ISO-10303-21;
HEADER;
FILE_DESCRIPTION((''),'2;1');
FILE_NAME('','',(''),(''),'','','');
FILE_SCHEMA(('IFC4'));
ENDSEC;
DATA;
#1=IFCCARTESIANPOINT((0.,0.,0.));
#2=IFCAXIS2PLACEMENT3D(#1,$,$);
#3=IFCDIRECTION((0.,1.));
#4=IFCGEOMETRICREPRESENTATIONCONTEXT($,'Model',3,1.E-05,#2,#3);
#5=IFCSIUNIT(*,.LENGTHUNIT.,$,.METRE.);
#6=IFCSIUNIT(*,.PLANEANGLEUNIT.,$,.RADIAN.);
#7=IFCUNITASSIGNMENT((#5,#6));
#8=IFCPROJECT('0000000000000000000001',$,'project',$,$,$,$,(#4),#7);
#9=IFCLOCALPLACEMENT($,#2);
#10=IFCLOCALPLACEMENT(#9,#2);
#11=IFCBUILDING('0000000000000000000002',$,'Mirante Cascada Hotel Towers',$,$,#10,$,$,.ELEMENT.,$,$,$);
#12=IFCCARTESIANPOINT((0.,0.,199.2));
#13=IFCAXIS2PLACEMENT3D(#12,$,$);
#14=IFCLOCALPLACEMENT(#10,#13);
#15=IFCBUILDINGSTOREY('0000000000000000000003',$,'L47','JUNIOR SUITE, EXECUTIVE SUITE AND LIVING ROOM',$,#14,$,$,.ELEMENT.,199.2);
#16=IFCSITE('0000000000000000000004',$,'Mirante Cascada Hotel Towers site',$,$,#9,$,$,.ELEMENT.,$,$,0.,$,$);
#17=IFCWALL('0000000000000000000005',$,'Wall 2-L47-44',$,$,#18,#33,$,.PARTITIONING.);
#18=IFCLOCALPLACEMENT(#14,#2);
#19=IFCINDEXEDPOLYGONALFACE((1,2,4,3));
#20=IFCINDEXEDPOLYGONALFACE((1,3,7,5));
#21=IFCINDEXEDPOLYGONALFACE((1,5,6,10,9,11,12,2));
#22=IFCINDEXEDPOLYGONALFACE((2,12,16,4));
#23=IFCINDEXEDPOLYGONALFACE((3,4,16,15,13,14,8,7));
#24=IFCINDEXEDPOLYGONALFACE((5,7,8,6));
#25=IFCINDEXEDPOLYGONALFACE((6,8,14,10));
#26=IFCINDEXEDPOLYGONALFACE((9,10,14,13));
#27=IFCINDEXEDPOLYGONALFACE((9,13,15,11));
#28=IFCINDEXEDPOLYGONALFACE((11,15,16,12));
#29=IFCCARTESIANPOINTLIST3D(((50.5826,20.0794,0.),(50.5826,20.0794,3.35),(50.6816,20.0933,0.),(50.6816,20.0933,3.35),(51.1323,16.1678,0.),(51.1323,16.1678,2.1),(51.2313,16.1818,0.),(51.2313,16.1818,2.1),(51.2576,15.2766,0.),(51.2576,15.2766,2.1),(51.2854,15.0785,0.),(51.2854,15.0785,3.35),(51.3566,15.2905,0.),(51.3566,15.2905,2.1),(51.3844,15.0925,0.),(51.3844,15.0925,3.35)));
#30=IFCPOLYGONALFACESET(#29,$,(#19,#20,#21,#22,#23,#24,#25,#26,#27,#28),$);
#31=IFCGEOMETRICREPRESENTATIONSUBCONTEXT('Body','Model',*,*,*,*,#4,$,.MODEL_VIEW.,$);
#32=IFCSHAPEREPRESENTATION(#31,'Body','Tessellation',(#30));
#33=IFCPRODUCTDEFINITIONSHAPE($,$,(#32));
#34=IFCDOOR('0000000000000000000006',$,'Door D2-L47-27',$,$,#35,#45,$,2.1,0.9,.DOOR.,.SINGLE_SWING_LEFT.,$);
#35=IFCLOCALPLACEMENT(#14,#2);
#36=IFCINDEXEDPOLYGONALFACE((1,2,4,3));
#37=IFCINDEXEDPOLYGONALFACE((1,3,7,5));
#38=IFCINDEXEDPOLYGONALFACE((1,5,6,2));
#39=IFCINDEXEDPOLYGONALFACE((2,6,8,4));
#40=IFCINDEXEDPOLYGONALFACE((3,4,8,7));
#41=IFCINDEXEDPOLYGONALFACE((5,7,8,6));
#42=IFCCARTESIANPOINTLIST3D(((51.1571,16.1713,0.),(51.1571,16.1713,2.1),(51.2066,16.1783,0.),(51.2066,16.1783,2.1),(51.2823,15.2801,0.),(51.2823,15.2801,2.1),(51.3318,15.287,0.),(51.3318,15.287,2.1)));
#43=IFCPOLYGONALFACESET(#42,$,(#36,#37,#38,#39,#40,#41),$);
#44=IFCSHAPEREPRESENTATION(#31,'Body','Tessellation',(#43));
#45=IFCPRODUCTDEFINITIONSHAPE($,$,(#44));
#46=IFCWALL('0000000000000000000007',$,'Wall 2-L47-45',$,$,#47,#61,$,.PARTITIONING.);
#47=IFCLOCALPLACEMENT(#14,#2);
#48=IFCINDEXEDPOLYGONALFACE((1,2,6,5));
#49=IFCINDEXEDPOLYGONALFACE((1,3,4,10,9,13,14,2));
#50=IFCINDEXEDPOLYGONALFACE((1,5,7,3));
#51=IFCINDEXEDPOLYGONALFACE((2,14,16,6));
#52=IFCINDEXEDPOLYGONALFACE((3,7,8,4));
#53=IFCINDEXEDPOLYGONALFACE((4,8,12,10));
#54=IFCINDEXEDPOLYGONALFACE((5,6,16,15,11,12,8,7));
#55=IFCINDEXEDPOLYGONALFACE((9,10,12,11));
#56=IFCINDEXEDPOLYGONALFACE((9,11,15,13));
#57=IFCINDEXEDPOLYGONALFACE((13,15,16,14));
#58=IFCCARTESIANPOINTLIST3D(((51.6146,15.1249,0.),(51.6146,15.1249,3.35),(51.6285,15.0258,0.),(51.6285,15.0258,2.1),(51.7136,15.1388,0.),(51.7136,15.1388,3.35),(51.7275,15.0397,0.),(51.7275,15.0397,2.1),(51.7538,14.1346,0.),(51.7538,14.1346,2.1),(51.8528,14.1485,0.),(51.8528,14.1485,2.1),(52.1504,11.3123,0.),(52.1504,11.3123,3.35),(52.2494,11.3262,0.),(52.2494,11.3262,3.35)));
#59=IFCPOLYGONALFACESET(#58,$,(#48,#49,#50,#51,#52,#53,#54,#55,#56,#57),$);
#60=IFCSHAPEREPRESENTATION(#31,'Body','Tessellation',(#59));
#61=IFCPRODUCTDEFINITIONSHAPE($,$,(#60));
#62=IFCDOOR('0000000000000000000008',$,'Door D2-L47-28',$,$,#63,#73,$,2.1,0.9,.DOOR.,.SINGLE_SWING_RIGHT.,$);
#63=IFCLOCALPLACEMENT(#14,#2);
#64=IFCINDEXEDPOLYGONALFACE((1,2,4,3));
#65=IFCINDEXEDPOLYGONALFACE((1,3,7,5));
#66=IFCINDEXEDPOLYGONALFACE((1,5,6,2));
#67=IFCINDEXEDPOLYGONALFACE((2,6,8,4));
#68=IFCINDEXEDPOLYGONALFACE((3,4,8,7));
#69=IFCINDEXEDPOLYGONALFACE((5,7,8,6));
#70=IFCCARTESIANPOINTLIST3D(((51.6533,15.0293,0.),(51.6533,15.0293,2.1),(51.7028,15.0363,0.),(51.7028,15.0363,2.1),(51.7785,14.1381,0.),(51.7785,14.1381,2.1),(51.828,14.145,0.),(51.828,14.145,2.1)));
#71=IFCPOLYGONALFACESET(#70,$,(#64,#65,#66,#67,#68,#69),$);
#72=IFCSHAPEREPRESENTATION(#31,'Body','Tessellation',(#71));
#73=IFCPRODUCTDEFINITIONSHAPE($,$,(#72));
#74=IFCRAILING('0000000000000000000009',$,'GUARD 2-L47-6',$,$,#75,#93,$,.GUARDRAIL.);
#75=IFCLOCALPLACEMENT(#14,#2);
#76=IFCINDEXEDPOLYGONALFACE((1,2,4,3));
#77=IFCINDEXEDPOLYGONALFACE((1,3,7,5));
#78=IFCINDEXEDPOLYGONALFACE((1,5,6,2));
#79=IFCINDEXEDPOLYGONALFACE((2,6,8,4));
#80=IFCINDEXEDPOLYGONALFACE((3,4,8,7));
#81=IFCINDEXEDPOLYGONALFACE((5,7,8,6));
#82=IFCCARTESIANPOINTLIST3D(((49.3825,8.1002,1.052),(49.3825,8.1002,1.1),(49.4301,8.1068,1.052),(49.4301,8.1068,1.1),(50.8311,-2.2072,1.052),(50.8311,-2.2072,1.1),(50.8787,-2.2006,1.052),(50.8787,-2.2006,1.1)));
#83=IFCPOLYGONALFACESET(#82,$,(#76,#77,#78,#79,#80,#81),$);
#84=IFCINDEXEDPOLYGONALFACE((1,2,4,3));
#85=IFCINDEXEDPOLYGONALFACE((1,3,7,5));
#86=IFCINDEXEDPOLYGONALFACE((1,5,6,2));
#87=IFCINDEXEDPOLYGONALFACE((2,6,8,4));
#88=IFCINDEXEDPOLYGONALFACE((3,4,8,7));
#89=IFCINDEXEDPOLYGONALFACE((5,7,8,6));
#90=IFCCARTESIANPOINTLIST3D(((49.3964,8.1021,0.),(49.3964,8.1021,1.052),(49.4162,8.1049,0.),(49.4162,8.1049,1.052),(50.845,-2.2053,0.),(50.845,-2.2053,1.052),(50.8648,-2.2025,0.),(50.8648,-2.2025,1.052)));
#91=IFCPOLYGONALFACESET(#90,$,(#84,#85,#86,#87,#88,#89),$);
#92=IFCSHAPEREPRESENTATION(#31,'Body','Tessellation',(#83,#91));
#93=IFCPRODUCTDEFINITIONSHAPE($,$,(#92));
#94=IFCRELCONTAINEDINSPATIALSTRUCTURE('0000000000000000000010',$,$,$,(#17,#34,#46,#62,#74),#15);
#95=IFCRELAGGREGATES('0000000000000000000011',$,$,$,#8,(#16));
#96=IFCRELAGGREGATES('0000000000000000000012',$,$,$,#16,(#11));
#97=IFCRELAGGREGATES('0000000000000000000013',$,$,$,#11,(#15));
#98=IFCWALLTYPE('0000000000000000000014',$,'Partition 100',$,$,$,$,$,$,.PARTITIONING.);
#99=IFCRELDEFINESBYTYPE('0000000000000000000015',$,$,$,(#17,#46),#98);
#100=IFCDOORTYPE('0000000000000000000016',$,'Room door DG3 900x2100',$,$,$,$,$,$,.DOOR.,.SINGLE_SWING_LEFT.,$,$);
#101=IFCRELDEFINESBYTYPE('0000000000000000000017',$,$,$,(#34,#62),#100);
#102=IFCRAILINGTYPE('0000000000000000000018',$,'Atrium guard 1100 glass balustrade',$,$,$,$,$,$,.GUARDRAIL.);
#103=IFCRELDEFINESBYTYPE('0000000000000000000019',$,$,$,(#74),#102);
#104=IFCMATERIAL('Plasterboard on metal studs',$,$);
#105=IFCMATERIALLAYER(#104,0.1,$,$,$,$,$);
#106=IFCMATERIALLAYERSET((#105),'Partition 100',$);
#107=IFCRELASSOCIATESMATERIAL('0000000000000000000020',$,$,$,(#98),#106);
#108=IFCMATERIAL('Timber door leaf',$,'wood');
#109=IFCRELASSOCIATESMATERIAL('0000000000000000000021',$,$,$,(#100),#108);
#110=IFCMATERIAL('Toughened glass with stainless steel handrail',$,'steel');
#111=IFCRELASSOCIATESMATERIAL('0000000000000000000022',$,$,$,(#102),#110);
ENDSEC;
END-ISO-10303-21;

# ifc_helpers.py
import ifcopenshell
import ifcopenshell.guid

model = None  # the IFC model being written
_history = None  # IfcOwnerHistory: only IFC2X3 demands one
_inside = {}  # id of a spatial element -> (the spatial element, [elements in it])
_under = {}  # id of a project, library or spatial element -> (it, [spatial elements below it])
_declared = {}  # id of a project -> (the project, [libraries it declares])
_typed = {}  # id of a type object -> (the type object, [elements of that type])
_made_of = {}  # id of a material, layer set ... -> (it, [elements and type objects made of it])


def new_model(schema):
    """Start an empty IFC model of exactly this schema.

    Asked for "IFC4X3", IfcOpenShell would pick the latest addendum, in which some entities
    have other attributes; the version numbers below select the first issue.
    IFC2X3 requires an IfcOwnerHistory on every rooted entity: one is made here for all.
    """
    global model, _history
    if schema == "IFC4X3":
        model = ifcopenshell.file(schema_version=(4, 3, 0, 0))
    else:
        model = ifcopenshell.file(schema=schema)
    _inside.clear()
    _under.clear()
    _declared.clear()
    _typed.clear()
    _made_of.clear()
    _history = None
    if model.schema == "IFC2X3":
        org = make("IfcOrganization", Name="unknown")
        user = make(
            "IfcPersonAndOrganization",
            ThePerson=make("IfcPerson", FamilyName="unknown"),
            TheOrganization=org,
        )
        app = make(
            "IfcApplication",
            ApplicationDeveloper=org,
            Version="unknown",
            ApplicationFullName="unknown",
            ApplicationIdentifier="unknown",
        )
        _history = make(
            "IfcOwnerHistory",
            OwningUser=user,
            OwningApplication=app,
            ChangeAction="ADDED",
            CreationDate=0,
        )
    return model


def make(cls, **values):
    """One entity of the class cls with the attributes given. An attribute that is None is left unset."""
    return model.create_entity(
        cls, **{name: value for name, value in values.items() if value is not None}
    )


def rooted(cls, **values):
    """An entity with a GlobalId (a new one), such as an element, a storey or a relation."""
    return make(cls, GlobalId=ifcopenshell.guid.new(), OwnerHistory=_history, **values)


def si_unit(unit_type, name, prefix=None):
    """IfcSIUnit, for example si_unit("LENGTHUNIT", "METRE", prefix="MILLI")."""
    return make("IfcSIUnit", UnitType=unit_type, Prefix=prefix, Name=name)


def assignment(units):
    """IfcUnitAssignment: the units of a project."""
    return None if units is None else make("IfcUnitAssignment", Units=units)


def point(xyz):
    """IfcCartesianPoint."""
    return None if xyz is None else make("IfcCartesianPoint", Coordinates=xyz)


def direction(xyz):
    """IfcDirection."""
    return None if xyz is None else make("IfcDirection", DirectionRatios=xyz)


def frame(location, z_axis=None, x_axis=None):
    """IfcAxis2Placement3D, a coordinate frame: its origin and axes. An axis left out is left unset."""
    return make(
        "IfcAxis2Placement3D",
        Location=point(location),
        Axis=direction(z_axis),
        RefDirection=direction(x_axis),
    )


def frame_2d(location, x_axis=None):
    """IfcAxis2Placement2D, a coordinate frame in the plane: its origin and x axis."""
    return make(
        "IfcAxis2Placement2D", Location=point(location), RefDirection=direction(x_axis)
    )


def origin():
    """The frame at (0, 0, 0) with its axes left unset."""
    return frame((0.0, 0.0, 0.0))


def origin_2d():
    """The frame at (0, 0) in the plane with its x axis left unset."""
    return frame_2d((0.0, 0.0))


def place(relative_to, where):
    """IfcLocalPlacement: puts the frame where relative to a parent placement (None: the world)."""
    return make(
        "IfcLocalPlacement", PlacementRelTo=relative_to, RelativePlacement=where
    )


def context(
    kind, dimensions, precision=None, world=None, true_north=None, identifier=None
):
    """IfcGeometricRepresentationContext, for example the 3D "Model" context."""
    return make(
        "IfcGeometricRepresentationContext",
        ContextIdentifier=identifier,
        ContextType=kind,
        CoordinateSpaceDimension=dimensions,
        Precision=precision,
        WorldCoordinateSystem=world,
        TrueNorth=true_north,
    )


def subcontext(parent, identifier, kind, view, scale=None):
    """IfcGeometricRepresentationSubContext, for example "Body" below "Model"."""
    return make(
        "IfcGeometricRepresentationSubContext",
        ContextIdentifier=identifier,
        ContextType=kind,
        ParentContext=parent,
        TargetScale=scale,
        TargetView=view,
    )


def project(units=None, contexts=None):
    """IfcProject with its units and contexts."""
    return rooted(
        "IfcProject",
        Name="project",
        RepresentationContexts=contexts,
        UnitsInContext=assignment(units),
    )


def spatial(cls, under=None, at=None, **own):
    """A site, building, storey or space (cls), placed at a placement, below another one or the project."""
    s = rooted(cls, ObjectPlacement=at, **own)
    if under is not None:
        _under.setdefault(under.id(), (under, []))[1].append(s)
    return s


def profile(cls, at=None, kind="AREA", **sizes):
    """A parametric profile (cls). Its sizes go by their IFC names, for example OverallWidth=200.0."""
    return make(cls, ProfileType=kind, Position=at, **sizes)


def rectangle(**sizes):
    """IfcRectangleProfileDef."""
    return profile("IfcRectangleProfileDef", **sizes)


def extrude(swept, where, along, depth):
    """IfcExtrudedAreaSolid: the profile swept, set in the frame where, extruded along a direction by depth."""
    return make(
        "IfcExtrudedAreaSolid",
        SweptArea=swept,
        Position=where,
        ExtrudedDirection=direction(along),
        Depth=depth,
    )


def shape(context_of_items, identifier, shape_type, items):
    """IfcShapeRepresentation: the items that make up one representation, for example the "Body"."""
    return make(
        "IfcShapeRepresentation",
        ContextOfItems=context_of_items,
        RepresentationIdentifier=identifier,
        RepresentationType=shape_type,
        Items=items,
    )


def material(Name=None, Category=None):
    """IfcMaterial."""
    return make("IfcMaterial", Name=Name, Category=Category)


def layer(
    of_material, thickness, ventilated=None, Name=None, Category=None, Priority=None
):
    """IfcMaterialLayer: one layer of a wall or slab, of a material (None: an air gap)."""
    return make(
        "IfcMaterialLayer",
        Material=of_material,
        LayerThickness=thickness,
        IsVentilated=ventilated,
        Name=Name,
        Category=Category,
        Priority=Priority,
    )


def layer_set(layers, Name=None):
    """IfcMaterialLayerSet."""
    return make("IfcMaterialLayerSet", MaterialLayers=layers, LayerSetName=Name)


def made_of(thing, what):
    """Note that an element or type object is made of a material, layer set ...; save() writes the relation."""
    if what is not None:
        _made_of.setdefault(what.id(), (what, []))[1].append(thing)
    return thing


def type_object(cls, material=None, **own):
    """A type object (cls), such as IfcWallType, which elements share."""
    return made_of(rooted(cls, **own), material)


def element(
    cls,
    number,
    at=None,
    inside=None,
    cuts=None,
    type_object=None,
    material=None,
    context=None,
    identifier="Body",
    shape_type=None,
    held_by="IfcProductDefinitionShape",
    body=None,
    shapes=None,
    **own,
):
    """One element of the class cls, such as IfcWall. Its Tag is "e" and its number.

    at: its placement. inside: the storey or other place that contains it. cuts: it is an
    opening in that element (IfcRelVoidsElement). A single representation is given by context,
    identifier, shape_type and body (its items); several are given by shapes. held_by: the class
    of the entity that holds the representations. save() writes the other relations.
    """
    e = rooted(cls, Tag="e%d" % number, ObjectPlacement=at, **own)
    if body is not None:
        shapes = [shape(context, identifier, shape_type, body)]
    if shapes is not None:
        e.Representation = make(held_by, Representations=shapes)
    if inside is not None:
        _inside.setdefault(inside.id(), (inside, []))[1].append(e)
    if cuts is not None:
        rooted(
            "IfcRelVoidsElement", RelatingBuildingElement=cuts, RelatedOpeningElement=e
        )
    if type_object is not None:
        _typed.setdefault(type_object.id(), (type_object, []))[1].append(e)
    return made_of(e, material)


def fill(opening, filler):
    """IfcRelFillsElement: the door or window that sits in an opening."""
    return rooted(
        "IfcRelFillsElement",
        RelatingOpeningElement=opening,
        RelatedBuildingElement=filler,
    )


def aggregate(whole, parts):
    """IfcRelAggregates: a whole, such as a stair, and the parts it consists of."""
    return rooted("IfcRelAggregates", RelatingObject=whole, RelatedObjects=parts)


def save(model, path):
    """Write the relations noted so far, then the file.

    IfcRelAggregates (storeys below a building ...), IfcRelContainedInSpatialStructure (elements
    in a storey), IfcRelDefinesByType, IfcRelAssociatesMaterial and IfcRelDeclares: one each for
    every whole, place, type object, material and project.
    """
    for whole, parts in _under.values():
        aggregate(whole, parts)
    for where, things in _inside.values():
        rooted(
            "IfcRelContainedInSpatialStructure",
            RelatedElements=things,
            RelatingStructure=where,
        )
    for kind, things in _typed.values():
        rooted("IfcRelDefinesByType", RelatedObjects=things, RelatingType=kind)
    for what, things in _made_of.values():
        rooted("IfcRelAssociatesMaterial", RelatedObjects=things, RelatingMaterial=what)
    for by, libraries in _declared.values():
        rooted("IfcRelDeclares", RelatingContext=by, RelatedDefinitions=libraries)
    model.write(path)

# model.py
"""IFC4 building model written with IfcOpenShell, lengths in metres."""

from ifc_helpers import new_model, si_unit, direction, frame, frame_2d, origin, origin_2d, place, context, subcontext, project, spatial, rectangle, extrude, material, layer, layer_set, type_object, element, fill, save


model = new_model("IFC4")

# Units and contexts
model_context = context("Model", 3, precision=1e-05, world=origin(), true_north=direction((0.0, 1.0)))
body_context = subcontext(model_context, "Body", "Model", "MODEL_VIEW")
ifc_project = project(units=[si_unit("LENGTHUNIT", "METRE"), si_unit("PLANEANGLEUNIT", "RADIAN")], contexts=[model_context])

# Site, building, storey
site_placement = place(None, origin())
site = spatial("IfcSite", under=ifc_project, at=site_placement, Name="Mirante Cascada Hotel Towers site", CompositionType="ELEMENT", RefElevation=0.0)
building_placement = place(site_placement, origin())
building = spatial("IfcBuilding", under=site, at=building_placement, Name="Mirante Cascada Hotel Towers", CompositionType="ELEMENT")
storey_placement = place(building_placement, frame((0.0, 0.0, 199.2)))
storey = spatial("IfcBuildingStorey", under=building, at=storey_placement, Name="L47", Description="JUNIOR SUITE, EXECUTIVE SUITE AND LIVING ROOM", CompositionType="ELEMENT", Elevation=199.2)

# Shared definitions
ifc_material_1 = material(Name="Plasterboard on metal studs")
ifc_layer_1 = layer(ifc_material_1, 0.1)
ifc_layer_set_1 = layer_set([ifc_layer_1], Name="Partition 100")
wall_type_1 = type_object("IfcWallType", Name="Partition 100", PredefinedType="PARTITIONING", material=ifc_layer_set_1)

# Walls, openings, doors
wall_1_placement = place(storey_placement, frame((51.3349, 15.0855, 0.0), z_axis=(0.0, 0.0, 1.0), x_axis=(-0.139167, 0.990269, 0.0)))
wall_1 = element("IfcWall", 1, at=wall_1_placement, inside=storey, type_object=wall_type_1, Name="Wall 2-L47-44", PredefinedType="PARTITIONING", context=body_context, shape_type="SweptSolid", body=[
    extrude(rectangle(XDim=5.05, YDim=0.1, at=frame_2d((2.525, 0.0))), origin(), (0.0, 0.0, 1.0), 3.35),
])
opening_1_placement = place(wall_1_placement, frame((0.2, 0.0, 0.0)))
opening_1 = element("IfcOpeningElement", 2, at=opening_1_placement, cuts=wall_1, PredefinedType="OPENING", context=body_context, shape_type="SweptSolid", body=[
    extrude(rectangle(XDim=0.9, YDim=2.1, at=frame_2d((0.45, 1.05))), frame((0.0, 0.05, 0.0), z_axis=(0.0, -1.0, 0.0), x_axis=(1.0, 0.0, 0.0)), (0.0, 0.0, 1.0), 0.1),
])
ifc_material_2 = material(Name="Timber door leaf", Category="wood")
door_type_1 = type_object("IfcDoorType", Name="Room door DG3 900x2100", OperationType="SINGLE_SWING_LEFT", PredefinedType="DOOR", material=ifc_material_2)
door_1_placement = place(opening_1_placement, origin())
door_1 = element("IfcDoor", 3, at=door_1_placement, inside=storey, type_object=door_type_1, Name="Door D2-L47-27", OperationType="SINGLE_SWING_LEFT", OverallHeight=2.1, OverallWidth=0.9, PredefinedType="DOOR", context=body_context, shape_type="SweptSolid", body=[
    extrude(rectangle(XDim=0.9, YDim=2.1, at=frame_2d((0.45, 1.05))), frame((0.0, 0.025, 0.0), z_axis=(0.0, -1.0, 0.0), x_axis=(1.0, 0.0, 0.0)), (0.0, 0.0, 1.0), 0.05),
])
fill(opening_1, door_1)
wall_2_placement = place(storey_placement, frame((51.6641, 15.1318, 0.0), z_axis=(0.0, 0.0, 1.0), x_axis=(0.139166, -0.990269, 0.0)))
wall_2 = element("IfcWall", 4, at=wall_2_placement, inside=storey, type_object=wall_type_1, Name="Wall 2-L47-45", PredefinedType="PARTITIONING", context=body_context, shape_type="SweptSolid", body=[
    extrude(rectangle(XDim=3.8501, YDim=0.1, at=frame_2d((1.925, 0.0))), origin(), (0.0, 0.0, 1.0), 3.35),
])
opening_2_placement = place(wall_2_placement, frame((0.1, 0.0, 0.0)))
opening_2 = element("IfcOpeningElement", 5, at=opening_2_placement, cuts=wall_2, PredefinedType="OPENING", context=body_context, shape_type="SweptSolid", body=[
    extrude(rectangle(XDim=0.9, YDim=2.1, at=frame_2d((0.45, 1.05))), frame((0.0, 0.05, 0.0), z_axis=(0.0, -1.0, 0.0), x_axis=(1.0, 0.0, 0.0)), (0.0, 0.0, 1.0), 0.1),
])
door_2_placement = place(opening_2_placement, frame((0.9, 0.0, 0.0), z_axis=(0.0, 0.0, 1.0), x_axis=(-1.0, 0.0, 0.0)))
door_2 = element("IfcDoor", 6, at=door_2_placement, inside=storey, type_object=door_type_1, Name="Door D2-L47-28", OperationType="SINGLE_SWING_RIGHT", OverallHeight=2.1, OverallWidth=0.9, PredefinedType="DOOR", context=body_context, shape_type="SweptSolid", body=[
    extrude(rectangle(XDim=0.9, YDim=2.1, at=frame_2d((0.45, 1.05))), frame((0.0, 0.025, 0.0), z_axis=(0.0, -1.0, 0.0), x_axis=(1.0, 0.0, 0.0)), (0.0, 0.0, 1.0), 0.05),
])
fill(opening_2, door_2)

# Railing
ifc_material_3 = material(Name="Toughened glass with stainless steel handrail", Category="steel")
railing_type = type_object("IfcRailingType", Name="Atrium guard 1100 glass balustrade", PredefinedType="GUARDRAIL", material=ifc_material_3)
railing_placement = place(storey_placement, frame((49.4063, 8.1035, 0.0)))
element("IfcRailing", 7, at=railing_placement, inside=storey, type_object=railing_type, Name="GUARD 2-L47-6", PredefinedType="GUARDRAIL", context=body_context, shape_type="SweptSolid", body=[
    extrude(rectangle(XDim=0.048, YDim=0.048, at=origin_2d()), frame((0.0, 0.0, 1.076), z_axis=(0.139172, -0.990268, 0.0), x_axis=(0.990268, 0.139172, 0.0)), (0.0, 0.0, 1.0), 10.4087),
    extrude(rectangle(XDim=0.02, YDim=1.052, at=origin_2d()), frame((0.0, 0.0, 0.526), z_axis=(0.139172, -0.990268, 0.0), x_axis=(0.990268, 0.139172, 0.0)), (0.0, 0.0, 1.0), 10.4087),
])

save(model, "model.ifc")
